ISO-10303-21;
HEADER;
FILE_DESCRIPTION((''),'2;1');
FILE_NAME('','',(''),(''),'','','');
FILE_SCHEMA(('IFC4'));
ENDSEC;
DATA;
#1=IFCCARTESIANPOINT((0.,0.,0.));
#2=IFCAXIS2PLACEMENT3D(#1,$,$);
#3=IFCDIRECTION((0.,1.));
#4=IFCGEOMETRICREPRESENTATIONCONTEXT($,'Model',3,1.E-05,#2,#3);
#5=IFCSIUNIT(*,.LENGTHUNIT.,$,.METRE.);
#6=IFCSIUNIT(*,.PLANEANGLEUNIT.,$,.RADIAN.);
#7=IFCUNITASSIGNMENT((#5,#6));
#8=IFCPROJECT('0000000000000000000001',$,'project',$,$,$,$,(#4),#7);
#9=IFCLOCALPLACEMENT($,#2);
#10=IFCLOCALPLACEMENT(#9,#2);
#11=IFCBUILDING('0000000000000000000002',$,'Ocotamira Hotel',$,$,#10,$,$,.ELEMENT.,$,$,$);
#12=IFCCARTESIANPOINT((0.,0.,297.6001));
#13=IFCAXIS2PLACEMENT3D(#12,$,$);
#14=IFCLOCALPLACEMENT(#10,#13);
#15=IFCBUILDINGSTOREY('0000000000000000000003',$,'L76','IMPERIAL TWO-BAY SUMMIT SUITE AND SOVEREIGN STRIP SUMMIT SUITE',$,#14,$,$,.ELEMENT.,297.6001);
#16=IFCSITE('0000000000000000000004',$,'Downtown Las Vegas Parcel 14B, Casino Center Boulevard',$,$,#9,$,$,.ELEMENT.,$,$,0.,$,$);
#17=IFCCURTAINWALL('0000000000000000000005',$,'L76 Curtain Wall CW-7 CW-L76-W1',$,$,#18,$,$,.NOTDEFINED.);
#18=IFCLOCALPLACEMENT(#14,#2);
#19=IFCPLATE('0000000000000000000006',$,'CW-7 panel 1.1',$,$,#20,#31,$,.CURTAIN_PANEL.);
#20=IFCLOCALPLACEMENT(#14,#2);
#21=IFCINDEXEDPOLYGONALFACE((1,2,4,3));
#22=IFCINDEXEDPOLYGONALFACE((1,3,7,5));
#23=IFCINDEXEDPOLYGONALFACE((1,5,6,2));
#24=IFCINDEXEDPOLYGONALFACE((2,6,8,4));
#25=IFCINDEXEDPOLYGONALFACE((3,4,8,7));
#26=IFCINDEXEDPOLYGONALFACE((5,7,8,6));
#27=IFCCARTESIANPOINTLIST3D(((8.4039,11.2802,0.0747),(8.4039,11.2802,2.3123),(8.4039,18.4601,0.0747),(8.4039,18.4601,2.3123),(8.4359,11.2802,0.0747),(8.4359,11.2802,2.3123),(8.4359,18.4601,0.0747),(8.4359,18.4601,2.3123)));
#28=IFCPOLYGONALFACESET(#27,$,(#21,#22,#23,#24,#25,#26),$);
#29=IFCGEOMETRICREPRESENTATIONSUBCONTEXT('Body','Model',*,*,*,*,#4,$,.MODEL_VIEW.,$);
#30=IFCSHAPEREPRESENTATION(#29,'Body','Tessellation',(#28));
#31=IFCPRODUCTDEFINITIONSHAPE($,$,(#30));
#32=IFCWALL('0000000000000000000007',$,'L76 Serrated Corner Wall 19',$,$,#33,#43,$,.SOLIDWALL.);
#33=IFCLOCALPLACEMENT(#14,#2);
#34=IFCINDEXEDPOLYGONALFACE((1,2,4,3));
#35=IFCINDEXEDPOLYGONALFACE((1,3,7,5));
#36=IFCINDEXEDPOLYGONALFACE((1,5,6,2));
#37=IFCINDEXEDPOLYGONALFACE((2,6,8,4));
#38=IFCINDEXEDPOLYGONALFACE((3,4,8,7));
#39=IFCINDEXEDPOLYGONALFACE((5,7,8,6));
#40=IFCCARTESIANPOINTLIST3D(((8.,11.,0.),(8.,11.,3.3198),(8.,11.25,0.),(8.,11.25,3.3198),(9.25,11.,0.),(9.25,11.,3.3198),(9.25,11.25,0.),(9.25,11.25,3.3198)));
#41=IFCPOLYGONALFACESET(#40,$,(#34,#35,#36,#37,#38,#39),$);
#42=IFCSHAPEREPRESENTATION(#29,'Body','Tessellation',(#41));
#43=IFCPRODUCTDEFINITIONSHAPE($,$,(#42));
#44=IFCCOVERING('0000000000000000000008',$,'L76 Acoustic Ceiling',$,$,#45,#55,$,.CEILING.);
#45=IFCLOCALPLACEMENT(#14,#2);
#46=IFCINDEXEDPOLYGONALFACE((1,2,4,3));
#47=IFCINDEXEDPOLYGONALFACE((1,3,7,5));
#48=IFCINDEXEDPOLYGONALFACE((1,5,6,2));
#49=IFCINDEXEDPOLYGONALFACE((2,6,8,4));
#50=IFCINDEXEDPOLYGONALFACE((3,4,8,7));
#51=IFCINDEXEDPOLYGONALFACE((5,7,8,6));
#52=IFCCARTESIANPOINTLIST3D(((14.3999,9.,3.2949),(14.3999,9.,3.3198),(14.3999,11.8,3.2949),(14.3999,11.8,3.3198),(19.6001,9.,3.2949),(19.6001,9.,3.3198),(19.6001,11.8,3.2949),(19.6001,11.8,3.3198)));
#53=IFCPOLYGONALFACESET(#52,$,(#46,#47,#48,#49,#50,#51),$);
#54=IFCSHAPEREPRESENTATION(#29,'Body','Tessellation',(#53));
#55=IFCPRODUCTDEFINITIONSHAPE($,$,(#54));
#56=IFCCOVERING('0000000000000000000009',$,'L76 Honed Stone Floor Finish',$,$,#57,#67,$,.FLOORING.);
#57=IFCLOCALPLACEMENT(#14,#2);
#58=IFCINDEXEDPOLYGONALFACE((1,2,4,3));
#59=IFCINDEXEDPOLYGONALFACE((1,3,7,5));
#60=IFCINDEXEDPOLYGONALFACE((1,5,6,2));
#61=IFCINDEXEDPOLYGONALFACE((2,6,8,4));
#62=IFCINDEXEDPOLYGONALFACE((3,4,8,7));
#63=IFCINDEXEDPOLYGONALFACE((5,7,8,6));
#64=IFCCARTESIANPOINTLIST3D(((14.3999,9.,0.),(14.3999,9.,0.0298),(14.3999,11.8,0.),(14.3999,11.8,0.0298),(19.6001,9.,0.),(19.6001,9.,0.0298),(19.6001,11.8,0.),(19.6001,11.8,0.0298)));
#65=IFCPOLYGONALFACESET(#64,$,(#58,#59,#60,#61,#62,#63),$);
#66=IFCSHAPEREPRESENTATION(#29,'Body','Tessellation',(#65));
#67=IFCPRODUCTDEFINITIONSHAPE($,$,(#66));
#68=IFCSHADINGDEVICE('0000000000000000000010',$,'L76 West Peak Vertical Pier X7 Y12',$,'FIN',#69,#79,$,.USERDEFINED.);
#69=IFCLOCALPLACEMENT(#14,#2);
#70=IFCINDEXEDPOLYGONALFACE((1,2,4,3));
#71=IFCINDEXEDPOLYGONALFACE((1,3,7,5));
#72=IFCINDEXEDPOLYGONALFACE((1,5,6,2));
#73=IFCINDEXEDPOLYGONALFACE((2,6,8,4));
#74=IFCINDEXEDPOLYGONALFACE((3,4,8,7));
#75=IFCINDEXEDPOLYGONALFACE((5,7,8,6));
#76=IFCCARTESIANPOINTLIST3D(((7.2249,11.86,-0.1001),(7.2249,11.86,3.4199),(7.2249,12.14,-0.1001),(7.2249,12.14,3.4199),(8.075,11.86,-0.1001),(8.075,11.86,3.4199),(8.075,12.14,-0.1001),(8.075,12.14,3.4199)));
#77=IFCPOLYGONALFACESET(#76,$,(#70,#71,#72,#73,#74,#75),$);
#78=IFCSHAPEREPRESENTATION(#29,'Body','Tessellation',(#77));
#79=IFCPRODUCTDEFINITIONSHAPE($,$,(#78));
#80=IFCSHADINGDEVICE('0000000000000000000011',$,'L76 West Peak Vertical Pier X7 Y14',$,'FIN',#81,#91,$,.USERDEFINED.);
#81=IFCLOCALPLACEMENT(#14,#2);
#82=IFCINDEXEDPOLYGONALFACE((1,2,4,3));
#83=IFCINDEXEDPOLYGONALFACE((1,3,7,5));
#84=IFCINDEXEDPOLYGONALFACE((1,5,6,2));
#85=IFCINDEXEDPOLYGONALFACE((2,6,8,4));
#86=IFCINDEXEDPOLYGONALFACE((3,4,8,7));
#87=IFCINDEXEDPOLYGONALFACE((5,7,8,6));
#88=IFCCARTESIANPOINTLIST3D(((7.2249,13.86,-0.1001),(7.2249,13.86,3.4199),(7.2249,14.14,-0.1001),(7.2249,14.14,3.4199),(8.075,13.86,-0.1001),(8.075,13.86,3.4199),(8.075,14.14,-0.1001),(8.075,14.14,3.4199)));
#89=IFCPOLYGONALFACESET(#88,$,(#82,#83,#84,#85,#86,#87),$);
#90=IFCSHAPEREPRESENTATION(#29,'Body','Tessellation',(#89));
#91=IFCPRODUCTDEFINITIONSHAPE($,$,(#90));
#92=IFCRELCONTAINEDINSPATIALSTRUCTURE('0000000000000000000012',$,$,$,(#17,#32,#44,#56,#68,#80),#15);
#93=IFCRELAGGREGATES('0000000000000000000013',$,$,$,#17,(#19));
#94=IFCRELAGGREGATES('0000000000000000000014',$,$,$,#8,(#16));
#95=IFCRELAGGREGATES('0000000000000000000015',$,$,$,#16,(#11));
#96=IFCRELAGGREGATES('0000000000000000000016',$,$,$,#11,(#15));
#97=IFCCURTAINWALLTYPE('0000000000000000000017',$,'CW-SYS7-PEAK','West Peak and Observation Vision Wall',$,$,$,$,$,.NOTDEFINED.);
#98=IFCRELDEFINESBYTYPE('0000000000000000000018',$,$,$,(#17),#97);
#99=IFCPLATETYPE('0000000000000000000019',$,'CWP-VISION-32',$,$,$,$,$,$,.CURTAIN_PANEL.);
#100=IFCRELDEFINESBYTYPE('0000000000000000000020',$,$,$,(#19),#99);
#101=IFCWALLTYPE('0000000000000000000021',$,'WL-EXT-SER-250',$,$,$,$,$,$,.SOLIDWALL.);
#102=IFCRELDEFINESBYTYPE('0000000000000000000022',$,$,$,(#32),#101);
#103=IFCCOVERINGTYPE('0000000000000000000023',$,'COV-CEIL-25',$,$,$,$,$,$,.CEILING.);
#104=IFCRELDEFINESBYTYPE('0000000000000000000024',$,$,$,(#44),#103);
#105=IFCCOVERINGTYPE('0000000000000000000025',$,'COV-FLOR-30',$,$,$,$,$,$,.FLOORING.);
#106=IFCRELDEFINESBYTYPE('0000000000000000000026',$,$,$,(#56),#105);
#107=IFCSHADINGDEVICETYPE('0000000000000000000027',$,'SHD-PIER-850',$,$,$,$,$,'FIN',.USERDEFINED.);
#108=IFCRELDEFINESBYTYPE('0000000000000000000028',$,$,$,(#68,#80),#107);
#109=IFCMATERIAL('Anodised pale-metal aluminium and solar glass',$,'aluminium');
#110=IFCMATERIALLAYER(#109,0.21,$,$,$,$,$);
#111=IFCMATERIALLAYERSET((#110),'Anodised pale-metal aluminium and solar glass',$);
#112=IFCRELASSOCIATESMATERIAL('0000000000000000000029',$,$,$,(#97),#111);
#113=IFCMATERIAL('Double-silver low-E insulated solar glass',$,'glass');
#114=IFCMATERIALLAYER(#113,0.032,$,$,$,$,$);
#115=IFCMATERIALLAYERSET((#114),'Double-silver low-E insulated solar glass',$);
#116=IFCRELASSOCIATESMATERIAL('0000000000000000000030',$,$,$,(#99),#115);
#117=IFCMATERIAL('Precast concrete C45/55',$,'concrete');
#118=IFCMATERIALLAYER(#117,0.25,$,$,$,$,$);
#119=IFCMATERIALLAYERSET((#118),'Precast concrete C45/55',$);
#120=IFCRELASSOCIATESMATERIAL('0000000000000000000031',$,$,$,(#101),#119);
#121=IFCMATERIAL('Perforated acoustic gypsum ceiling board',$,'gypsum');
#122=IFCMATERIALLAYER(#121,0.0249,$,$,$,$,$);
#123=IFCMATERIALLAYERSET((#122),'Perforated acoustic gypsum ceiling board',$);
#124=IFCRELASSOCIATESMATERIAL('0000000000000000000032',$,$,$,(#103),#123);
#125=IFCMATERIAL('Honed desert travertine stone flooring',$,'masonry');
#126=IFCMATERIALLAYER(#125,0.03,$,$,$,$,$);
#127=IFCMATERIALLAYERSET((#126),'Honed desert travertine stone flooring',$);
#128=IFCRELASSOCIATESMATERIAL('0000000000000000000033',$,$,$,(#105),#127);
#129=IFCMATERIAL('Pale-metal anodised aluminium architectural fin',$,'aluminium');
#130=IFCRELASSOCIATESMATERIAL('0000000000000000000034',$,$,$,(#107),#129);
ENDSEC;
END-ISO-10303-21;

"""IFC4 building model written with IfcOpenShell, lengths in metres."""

from ifc_helpers import new_model, si_unit, direction, frame, frame_2d, origin, origin_2d, place, context, subcontext, project, spatial, polyline, rectangle, outline, extrude, source, transform, mapped, material, layer, layer_set, type_object, element, aggregate, save


model = new_model("IFC4")

# Units and contexts
model_context = context("Model", 3, precision=1e-05, world=origin(), true_north=direction((0.0, 1.0)))
body_context = subcontext(model_context, "Body", "Model", "MODEL_VIEW")
ifc_project = project(units=[si_unit("LENGTHUNIT", "METRE"), si_unit("PLANEANGLEUNIT", "RADIAN")], contexts=[model_context])

# Site, building, storey
site_placement = place(None, origin())
site = spatial("IfcSite", under=ifc_project, at=site_placement, Name="Downtown Las Vegas Parcel 14B, Casino Center Boulevard", CompositionType="ELEMENT", RefElevation=0.0)
building_placement = place(site_placement, origin())
building = spatial("IfcBuilding", under=site, at=building_placement, Name="Ocotamira Hotel", CompositionType="ELEMENT")
storey_placement = place(building_placement, frame((0.0, 0.0, 297.6001)))
storey = spatial("IfcBuildingStorey", under=building, at=storey_placement, Name="L76", Description="IMPERIAL TWO-BAY SUMMIT SUITE AND SOVEREIGN STRIP SUMMIT SUITE", CompositionType="ELEMENT", Elevation=297.6001)

# Curtain wall
ifc_material_1 = material(Name="Anodised pale-metal aluminium and solar glass", Category="aluminium")
ifc_layer_1 = layer(ifc_material_1, 0.21)
ifc_layer_set_1 = layer_set([ifc_layer_1], Name="Anodised pale-metal aluminium and solar glass")
curtain_wall_type = type_object("IfcCurtainWallType", Name="CW-SYS7-PEAK", Description="West Peak and Observation Vision Wall", PredefinedType="NOTDEFINED", material=ifc_layer_set_1)
curtain_wall_placement = place(storey_placement, origin())
curtain_wall = element("IfcCurtainWall", 1, at=curtain_wall_placement, inside=storey, type_object=curtain_wall_type, Name="L76 Curtain Wall CW-7 CW-L76-W1", PredefinedType="NOTDEFINED")

# Plate
ifc_material_2 = material(Name="Double-silver low-E insulated solar glass", Category="glass")
ifc_layer_2 = layer(ifc_material_2, 0.032)
ifc_layer_set_2 = layer_set([ifc_layer_2], Name="Double-silver low-E insulated solar glass")
plate_type = type_object("IfcPlateType", Name="CWP-VISION-32", PredefinedType="CURTAIN_PANEL", material=ifc_layer_set_2)
shared_shape_1 = source(origin(), body_context, "Body", "SweptSolid", [
    extrude(rectangle(XDim=7.1799, YDim=0.032, at=origin_2d()), origin(), (0.0, 0.0, 1.0), 2.2375),
])
plate_placement = place(storey_placement, frame((8.4199, 14.8701, 0.0747), z_axis=(0.0, 0.0, 1.0), x_axis=(0.0, 1.0, 0.0)))
plate = element("IfcPlate", 2, at=plate_placement, type_object=plate_type, Name="CW-7 panel 1.1", PredefinedType="CURTAIN_PANEL", context=body_context, shape_type="MappedRepresentation", body=[
    mapped(shared_shape_1, transform((0.0, 0.0, 0.0), scale=1.0)),
])
aggregate(curtain_wall, [plate])

# Wall
ifc_material_3 = material(Name="Precast concrete C45/55", Category="concrete")
ifc_layer_3 = layer(ifc_material_3, 0.25)
ifc_layer_set_3 = layer_set([ifc_layer_3], Name="Precast concrete C45/55")
wall_type_1 = type_object("IfcWallType", Name="WL-EXT-SER-250", PredefinedType="SOLIDWALL", material=ifc_layer_set_3)
wall_1_placement = place(storey_placement, frame((8.0, 11.125, 0.0), z_axis=(0.0, 0.0, 1.0), x_axis=(1.0, 0.0, 0.0)))
element("IfcWall", 3, at=wall_1_placement, inside=storey, type_object=wall_type_1, Name="L76 Serrated Corner Wall 19", PredefinedType="SOLIDWALL", context=body_context, shape_type="SweptSolid", body=[
    extrude(rectangle(XDim=1.25, YDim=0.25, at=frame_2d((0.625, 0.0))), origin(), (0.0, 0.0, 1.0), 3.3198),
])

# Coverings
ifc_material_4 = material(Name="Perforated acoustic gypsum ceiling board", Category="gypsum")
ifc_layer_4 = layer(ifc_material_4, 0.0249)
ifc_layer_set_4 = layer_set([ifc_layer_4], Name="Perforated acoustic gypsum ceiling board")
covering_type_1 = type_object("IfcCoveringType", Name="COV-CEIL-25", PredefinedType="CEILING", material=ifc_layer_set_4)
covering_1_placement = place(storey_placement, frame((0.0, 0.0, 3.2949)))
element("IfcCovering", 4, at=covering_1_placement, inside=storey, type_object=covering_type_1, Name="L76 Acoustic Ceiling", PredefinedType="CEILING", context=body_context, shape_type="SweptSolid", body=[
    extrude(outline(polyline([(14.3999, 9.0), (19.6001, 9.0), (19.6001, 11.8), (14.3999, 11.8), (14.3999, 9.0)])), origin(), (0.0, 0.0, 1.0), 0.0249),
])
ifc_material_5 = material(Name="Honed desert travertine stone flooring", Category="masonry")
ifc_layer_5 = layer(ifc_material_5, 0.03)
ifc_layer_set_5 = layer_set([ifc_layer_5], Name="Honed desert travertine stone flooring")
covering_type_2 = type_object("IfcCoveringType", Name="COV-FLOR-30", PredefinedType="FLOORING", material=ifc_layer_set_5)
covering_2_placement = place(storey_placement, origin())
element("IfcCovering", 5, at=covering_2_placement, inside=storey, type_object=covering_type_2, Name="L76 Honed Stone Floor Finish", PredefinedType="FLOORING", context=body_context, shape_type="SweptSolid", body=[
    extrude(outline(polyline([(14.3999, 9.0), (19.6001, 9.0), (19.6001, 11.8), (14.3999, 11.8), (14.3999, 9.0)])), origin(), (0.0, 0.0, 1.0), 0.0298),
])

# Shading devices
ifc_material_6 = material(Name="Pale-metal anodised aluminium architectural fin", Category="aluminium")
shading_device_type = type_object("IfcShadingDeviceType", Name="SHD-PIER-850", ElementType="FIN", PredefinedType="USERDEFINED", material=ifc_material_6)
shared_shape_2 = source(origin(), body_context, "Body", "SweptSolid", [
    extrude(rectangle(XDim=0.8501, YDim=0.28, at=origin_2d()), origin(), (0.0, 0.0, 1.0), 3.52),
])
for number, where, z_axis, x_axis, name in (
    (6, (7.6499, 12.0, -0.1001), (0.0, 0.0, 1.0), (1.0, 0.0, 0.0), "L76 West Peak Vertical Pier X7 Y12"),
    (7, (7.6499, 14.0, -0.1001), (0.0, 0.0, 1.0), (1.0, 0.0, 0.0), "L76 West Peak Vertical Pier X7 Y14"),
):
    element("IfcShadingDevice", number, at=place(storey_placement, frame(where, z_axis=z_axis, x_axis=x_axis)), inside=storey, type_object=shading_device_type, Name=name, ObjectType="FIN", PredefinedType="USERDEFINED", context=body_context, shape_type="MappedRepresentation", body=[
        mapped(shared_shape_2, transform((0.0, 0.0, 0.0), scale=1.0)),
    ])

save(model, "model.ifc")
